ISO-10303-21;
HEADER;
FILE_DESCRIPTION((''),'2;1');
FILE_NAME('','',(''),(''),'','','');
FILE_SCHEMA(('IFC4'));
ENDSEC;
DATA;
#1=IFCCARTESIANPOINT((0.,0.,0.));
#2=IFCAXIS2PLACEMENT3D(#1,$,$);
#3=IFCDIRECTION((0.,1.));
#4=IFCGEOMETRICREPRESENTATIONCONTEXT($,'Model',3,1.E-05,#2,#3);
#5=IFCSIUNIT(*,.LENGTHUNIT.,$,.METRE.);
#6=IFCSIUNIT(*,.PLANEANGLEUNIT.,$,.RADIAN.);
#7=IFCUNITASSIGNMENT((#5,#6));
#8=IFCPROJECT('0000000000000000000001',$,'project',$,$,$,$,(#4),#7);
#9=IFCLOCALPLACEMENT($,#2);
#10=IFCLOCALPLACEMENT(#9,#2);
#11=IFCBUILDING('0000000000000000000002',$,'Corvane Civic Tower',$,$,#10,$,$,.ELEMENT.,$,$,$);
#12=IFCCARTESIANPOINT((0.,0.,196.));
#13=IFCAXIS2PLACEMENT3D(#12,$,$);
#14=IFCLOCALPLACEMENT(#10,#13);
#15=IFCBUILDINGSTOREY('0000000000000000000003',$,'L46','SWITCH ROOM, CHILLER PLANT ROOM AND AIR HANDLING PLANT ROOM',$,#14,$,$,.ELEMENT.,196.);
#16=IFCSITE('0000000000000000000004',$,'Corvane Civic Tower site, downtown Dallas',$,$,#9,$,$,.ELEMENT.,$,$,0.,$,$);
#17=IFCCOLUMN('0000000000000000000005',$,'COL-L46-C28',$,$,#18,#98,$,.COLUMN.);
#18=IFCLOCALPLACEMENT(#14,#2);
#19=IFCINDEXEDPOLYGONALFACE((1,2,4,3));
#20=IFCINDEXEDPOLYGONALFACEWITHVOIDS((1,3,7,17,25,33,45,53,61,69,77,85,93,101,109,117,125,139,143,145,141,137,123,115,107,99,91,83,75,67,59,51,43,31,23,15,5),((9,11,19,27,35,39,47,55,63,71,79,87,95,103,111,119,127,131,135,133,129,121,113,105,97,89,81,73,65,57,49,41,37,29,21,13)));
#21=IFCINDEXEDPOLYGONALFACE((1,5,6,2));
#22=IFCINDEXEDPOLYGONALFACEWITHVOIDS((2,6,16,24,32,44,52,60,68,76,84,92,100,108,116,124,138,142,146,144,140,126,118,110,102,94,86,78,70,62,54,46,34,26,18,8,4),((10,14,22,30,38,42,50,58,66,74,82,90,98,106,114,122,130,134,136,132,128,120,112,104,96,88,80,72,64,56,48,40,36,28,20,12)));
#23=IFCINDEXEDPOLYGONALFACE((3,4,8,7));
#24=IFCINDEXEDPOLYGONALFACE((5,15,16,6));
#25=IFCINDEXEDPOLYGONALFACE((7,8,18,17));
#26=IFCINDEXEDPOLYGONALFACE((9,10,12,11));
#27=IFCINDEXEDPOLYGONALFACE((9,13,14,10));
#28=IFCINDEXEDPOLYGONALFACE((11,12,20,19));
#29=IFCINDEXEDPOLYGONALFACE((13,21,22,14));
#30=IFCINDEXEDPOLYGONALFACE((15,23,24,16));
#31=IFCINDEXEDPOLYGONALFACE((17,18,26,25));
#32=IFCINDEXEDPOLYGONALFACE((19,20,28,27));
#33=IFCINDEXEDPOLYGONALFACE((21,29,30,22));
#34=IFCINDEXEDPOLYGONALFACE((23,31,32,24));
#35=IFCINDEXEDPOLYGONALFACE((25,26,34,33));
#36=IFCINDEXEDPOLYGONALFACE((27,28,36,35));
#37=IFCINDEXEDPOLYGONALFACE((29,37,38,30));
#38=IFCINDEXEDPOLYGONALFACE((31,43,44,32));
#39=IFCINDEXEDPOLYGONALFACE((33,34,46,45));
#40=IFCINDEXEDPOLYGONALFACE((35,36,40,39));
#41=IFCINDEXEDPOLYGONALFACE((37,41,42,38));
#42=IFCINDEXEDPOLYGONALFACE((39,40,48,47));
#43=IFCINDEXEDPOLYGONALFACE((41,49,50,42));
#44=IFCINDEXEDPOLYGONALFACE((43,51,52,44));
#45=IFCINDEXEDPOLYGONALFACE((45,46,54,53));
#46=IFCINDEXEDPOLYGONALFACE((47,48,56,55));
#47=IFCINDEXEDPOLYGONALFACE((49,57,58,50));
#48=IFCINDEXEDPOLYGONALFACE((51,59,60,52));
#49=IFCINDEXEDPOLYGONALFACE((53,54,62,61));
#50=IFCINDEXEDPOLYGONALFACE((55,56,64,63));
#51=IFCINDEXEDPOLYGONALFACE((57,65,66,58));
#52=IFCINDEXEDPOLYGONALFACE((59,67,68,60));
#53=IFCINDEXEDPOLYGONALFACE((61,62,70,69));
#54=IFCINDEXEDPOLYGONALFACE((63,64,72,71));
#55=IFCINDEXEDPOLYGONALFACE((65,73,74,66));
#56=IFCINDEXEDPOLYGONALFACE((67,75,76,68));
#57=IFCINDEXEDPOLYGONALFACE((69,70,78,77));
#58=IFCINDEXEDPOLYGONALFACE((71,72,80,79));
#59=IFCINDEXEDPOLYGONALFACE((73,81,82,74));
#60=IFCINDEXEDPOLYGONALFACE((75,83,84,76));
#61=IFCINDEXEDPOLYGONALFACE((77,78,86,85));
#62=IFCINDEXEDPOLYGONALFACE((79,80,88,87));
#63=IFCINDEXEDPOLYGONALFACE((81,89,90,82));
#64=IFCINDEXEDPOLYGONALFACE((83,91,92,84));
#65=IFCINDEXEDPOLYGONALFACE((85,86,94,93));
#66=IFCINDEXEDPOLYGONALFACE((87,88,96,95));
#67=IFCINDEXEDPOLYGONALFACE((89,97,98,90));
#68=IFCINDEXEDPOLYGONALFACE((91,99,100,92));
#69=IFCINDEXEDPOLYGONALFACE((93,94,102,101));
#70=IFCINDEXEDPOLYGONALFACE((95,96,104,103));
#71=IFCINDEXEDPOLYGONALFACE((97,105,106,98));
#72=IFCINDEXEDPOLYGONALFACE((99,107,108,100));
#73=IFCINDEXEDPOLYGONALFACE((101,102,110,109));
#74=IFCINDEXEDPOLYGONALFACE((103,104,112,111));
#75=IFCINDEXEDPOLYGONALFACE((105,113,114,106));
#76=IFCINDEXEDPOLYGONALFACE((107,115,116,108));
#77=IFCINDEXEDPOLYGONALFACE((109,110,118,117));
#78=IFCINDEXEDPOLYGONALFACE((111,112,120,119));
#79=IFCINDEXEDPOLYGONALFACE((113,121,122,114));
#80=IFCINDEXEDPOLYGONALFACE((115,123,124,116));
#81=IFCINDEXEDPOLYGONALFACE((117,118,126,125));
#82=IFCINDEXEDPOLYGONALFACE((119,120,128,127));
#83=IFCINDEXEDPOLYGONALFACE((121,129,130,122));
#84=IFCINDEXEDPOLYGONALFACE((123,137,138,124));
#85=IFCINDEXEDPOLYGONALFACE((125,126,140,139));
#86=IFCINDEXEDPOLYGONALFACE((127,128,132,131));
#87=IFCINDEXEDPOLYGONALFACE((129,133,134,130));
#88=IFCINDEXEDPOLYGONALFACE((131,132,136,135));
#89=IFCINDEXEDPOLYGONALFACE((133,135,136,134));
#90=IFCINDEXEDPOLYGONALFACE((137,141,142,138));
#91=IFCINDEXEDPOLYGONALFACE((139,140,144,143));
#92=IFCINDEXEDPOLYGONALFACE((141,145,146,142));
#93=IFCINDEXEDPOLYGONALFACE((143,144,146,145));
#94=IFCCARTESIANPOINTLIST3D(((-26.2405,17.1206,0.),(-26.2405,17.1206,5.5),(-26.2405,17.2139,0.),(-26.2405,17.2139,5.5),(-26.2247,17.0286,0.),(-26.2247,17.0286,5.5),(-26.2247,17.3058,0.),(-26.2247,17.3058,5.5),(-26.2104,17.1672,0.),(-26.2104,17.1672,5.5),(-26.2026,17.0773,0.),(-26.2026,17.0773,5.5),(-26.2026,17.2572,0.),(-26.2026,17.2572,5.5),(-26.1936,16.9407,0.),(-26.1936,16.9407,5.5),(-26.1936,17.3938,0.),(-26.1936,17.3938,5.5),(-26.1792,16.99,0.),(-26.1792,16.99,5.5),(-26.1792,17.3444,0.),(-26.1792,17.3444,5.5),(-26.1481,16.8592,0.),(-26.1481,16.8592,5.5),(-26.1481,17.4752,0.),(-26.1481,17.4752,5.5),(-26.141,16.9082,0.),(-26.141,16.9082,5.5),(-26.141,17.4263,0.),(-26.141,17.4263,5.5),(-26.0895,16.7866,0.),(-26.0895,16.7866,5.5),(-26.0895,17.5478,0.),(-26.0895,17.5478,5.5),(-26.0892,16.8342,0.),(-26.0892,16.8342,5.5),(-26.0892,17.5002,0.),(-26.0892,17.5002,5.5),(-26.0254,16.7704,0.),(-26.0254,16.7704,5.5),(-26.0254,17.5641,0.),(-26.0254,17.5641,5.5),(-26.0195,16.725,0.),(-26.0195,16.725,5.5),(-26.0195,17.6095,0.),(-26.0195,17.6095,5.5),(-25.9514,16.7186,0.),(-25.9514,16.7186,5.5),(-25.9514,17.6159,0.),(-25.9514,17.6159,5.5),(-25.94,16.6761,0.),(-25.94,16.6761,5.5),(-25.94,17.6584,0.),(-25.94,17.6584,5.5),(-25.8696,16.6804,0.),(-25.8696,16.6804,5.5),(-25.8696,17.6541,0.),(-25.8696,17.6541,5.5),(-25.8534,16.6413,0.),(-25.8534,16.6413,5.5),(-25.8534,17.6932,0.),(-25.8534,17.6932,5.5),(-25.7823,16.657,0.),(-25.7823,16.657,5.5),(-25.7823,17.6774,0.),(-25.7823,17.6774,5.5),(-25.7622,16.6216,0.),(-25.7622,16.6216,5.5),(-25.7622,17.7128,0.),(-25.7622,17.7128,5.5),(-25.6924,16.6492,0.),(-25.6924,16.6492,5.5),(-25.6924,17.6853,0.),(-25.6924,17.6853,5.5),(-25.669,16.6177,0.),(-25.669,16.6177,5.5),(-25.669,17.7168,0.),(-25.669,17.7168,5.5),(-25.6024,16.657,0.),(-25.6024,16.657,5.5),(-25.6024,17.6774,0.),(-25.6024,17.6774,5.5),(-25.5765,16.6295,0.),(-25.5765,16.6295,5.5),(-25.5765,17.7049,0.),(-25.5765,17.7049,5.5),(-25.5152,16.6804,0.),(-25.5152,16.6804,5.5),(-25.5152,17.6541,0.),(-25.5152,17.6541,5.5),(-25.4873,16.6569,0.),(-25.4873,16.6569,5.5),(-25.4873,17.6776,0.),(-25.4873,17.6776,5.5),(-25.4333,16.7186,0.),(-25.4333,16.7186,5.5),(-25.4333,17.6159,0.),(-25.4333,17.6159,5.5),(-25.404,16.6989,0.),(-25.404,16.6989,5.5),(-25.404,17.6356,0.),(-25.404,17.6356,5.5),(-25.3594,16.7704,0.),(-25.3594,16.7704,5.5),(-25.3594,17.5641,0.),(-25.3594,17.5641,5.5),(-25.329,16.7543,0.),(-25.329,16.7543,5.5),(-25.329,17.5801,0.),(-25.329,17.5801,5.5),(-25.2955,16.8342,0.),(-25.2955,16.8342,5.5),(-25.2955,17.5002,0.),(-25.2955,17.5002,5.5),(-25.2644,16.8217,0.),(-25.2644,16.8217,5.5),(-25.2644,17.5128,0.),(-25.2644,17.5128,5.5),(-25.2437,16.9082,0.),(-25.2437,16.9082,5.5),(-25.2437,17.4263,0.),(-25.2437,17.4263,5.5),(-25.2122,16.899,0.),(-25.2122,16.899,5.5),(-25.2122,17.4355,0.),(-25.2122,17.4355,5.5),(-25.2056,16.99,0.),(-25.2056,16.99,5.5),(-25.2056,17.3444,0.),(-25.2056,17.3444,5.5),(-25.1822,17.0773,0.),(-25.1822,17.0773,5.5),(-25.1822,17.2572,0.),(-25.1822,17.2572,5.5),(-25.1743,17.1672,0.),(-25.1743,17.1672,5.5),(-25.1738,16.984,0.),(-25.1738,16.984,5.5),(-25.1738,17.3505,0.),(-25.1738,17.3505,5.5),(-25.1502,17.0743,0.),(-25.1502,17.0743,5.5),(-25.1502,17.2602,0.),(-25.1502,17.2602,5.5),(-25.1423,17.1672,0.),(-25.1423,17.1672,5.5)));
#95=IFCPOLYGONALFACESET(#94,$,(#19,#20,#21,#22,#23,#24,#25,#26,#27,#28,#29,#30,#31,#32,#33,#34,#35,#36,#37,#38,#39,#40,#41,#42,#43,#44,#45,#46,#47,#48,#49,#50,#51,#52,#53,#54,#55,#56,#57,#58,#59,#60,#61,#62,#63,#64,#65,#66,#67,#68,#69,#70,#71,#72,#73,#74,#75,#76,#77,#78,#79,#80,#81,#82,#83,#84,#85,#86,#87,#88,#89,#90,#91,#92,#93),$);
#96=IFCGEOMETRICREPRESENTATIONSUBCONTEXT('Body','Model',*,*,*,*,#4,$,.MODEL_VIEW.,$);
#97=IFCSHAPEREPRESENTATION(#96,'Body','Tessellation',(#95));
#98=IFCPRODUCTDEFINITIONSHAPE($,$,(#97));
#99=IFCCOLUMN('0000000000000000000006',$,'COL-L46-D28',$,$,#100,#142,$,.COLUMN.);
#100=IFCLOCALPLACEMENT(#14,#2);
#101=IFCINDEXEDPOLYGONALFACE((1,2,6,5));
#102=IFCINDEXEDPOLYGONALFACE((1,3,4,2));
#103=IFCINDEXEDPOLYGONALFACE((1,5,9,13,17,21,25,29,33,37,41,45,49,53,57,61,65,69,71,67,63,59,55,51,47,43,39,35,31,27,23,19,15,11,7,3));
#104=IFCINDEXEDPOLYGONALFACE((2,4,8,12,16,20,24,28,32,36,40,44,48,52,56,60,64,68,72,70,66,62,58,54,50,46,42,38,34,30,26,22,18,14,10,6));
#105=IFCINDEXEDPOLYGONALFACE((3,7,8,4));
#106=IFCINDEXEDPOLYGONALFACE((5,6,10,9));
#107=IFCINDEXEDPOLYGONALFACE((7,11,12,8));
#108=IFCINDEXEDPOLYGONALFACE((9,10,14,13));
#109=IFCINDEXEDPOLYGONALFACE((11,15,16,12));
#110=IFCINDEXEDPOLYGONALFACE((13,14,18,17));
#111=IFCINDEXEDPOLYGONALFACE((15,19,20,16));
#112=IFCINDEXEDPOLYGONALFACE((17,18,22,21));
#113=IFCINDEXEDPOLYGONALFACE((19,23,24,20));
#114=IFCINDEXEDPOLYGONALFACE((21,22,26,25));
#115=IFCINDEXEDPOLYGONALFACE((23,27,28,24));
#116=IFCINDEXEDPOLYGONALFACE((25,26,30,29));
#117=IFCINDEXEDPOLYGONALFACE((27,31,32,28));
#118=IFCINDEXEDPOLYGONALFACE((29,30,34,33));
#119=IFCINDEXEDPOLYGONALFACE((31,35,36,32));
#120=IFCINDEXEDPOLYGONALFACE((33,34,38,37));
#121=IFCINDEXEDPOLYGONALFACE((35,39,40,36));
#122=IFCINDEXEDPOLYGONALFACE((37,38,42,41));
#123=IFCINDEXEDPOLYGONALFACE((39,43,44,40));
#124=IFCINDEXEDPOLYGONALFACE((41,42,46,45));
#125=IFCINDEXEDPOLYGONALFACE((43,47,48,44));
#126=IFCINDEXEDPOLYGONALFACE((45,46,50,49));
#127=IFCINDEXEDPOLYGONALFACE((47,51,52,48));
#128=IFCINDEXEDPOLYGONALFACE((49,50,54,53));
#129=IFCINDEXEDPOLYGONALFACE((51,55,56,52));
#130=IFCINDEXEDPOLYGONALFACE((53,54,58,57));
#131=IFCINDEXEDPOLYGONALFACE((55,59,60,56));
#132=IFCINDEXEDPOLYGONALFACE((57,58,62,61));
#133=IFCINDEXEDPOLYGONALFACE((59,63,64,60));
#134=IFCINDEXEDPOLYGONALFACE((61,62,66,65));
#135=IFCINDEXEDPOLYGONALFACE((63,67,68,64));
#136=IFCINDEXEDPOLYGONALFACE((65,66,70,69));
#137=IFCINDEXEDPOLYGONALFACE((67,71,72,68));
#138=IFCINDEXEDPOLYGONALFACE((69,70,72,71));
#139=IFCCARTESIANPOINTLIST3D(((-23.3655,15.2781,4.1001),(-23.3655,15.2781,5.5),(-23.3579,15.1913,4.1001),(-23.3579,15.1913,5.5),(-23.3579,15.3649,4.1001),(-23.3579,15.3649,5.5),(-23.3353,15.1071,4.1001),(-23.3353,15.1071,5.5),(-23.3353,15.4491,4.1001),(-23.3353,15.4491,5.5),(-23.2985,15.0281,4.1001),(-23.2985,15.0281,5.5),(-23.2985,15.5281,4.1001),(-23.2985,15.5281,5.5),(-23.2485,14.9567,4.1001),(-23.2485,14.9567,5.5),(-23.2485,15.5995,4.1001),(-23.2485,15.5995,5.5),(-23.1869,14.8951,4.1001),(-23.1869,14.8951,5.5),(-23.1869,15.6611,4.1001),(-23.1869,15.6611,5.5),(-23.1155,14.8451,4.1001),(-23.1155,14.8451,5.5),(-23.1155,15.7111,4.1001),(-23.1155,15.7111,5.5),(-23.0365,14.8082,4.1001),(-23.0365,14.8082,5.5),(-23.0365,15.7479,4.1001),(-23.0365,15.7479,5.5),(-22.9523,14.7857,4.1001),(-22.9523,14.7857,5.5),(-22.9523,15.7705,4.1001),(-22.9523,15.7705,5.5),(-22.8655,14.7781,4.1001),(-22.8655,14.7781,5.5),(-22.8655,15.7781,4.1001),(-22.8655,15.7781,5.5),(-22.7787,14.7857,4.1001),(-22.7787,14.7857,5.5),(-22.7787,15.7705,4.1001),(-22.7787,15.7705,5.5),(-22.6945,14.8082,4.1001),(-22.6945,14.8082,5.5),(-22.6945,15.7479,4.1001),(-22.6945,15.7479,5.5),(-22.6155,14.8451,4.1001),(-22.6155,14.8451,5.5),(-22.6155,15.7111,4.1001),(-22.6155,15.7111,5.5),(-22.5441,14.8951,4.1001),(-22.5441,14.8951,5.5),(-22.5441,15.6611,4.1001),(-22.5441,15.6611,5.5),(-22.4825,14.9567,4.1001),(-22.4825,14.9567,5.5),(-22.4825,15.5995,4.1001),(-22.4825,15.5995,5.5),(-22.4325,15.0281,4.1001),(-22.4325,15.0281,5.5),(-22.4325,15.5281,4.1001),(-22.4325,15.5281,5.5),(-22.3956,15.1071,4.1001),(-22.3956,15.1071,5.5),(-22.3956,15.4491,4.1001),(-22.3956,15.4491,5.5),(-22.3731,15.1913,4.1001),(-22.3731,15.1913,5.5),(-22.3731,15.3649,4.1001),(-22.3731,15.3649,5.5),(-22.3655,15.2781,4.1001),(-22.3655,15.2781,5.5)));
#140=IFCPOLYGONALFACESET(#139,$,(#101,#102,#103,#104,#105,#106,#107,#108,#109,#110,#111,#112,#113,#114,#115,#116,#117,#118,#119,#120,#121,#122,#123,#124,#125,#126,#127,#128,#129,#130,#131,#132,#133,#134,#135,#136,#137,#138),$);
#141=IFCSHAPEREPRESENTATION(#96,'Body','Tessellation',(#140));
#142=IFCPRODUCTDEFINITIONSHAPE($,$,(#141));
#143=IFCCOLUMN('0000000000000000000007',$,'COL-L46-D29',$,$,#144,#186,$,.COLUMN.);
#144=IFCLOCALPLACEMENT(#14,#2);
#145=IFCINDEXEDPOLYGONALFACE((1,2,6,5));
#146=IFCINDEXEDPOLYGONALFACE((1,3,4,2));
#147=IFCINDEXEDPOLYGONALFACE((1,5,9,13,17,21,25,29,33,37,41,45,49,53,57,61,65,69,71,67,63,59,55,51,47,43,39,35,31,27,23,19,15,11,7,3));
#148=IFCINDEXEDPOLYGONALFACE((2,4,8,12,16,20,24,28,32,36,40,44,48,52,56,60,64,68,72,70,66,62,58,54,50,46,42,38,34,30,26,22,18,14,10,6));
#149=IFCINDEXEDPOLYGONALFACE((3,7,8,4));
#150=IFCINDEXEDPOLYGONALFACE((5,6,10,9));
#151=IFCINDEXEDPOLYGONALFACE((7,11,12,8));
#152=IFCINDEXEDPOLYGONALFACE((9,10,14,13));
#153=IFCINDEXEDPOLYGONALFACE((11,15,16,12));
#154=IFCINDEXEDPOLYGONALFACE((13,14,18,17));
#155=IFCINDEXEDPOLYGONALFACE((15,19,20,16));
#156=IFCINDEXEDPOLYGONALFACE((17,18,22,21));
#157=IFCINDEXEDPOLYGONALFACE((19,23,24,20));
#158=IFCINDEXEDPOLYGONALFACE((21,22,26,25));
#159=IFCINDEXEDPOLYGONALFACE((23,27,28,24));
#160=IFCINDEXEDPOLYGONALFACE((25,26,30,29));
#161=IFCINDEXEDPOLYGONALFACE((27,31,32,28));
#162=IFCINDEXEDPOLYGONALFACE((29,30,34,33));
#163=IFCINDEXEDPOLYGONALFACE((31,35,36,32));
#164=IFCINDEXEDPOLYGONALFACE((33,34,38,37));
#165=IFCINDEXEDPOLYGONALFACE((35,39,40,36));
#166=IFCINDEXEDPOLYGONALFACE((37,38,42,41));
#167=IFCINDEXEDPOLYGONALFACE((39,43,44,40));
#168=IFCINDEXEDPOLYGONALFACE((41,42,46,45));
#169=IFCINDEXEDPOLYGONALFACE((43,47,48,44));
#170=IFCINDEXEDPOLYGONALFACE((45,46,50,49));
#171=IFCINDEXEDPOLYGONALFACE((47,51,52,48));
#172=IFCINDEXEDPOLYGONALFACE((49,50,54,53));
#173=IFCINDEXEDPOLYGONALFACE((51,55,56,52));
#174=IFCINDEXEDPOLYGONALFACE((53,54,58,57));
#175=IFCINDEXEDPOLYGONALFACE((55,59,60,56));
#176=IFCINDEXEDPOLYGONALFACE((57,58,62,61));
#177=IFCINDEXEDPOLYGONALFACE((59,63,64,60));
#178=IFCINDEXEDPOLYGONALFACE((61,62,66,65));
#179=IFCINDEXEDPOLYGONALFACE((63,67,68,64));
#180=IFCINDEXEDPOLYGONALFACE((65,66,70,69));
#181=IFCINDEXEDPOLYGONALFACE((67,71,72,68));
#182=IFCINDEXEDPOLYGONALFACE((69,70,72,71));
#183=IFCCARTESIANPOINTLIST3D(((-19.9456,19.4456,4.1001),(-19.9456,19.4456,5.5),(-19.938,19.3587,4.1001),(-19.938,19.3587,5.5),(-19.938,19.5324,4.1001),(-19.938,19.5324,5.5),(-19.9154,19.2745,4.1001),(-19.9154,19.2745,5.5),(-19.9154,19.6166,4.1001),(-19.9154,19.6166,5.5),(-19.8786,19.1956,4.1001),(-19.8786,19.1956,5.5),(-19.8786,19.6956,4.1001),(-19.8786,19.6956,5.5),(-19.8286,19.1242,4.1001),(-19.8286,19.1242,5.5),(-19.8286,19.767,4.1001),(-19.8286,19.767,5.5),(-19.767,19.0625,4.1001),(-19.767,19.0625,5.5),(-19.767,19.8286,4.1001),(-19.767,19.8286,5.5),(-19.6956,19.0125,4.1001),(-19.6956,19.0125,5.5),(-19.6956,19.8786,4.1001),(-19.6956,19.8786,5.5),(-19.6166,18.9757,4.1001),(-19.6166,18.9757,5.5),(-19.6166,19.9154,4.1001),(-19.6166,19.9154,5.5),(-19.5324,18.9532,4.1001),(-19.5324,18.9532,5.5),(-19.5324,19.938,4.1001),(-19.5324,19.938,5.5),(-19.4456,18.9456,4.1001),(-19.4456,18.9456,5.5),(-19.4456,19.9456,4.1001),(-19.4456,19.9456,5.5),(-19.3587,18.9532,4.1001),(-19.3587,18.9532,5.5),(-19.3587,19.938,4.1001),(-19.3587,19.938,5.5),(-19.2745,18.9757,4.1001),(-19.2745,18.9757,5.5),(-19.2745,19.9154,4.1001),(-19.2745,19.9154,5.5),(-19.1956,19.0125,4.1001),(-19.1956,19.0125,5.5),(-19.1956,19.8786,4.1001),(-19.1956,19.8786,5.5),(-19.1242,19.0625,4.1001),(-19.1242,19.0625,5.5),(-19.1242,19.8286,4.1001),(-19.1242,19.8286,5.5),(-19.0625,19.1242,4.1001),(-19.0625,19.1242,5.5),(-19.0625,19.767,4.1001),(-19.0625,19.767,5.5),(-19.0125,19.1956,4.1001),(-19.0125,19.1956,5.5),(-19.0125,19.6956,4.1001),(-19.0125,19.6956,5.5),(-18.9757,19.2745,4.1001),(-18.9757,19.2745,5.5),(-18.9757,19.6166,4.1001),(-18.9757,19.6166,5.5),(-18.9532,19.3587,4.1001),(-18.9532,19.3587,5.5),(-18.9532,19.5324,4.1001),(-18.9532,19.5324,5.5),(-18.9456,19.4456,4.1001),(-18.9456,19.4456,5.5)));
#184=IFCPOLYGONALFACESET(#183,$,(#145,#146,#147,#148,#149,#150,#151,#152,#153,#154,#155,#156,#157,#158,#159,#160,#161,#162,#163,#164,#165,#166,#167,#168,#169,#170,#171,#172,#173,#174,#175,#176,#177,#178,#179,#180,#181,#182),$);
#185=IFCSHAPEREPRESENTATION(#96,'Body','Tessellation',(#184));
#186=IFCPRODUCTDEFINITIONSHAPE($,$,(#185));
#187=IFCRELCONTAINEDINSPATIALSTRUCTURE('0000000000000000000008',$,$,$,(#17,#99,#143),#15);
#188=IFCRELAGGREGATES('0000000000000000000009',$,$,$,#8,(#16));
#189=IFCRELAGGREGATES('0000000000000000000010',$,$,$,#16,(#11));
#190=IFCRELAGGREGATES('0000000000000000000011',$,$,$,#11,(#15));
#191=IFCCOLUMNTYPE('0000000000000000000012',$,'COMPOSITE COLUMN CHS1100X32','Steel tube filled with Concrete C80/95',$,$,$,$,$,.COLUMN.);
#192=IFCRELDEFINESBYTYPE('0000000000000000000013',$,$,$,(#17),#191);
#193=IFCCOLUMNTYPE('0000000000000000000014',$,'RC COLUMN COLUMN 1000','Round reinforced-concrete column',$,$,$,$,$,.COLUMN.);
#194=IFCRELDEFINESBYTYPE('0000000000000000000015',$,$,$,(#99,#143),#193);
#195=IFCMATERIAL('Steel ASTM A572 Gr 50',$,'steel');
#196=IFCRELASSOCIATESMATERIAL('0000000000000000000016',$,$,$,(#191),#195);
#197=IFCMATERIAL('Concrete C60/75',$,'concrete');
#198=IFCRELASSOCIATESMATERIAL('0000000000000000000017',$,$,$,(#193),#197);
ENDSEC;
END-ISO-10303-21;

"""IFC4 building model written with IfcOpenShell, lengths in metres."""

from ifc_helpers import new_model, si_unit, direction, frame, origin, origin_2d, place, context, subcontext, project, spatial, circle, hollow_circle, extrude, material, material_profile, profile_set, type_object, element, save


model = new_model("IFC4")

# Units and contexts
model_context = context("Model", 3, precision=1e-05, world=origin(), true_north=direction((0.0, 1.0)))
body_context = subcontext(model_context, "Body", "Model", "MODEL_VIEW")
ifc_project = project(units=[si_unit("LENGTHUNIT", "METRE"), si_unit("PLANEANGLEUNIT", "RADIAN")], contexts=[model_context])

# Site, building, storey
site_placement = place(None, origin())
site = spatial("IfcSite", under=ifc_project, at=site_placement, Name="Corvane Civic Tower site, downtown Dallas", CompositionType="ELEMENT", RefElevation=0.0)
building_placement = place(site_placement, origin())
building = spatial("IfcBuilding", under=site, at=building_placement, Name="Corvane Civic Tower", CompositionType="ELEMENT")
storey_placement = place(building_placement, frame((0.0, 0.0, 196.0)))
storey = spatial("IfcBuildingStorey", under=building, at=storey_placement, Name="L46", Description="SWITCH ROOM, CHILLER PLANT ROOM AND AIR HANDLING PLANT ROOM", CompositionType="ELEMENT", Elevation=196.0)

# Columns
ifc_material_1 = material(Name="Steel ASTM A572 Gr 50", Category="steel")
ifc_material_profile_1 = material_profile(ifc_material_1, hollow_circle(Radius=0.55, WallThickness=0.032, at=origin_2d()), Name="CHS1100X32")
ifc_profile_set_1 = profile_set([ifc_material_profile_1], Name="Steel ASTM A572 Gr 50")
column_type_1 = type_object("IfcColumnType", Name="COMPOSITE COLUMN CHS1100X32", Description="Steel tube filled with Concrete C80/95", PredefinedType="COLUMN", material=ifc_profile_set_1)
column_placement = place(storey_placement, frame((-25.6924, 17.1672, 0.0), z_axis=(0.0, 0.0, 1.0), x_axis=(1.0, 0.0, 0.0)))
element("IfcColumn", 1, at=column_placement, inside=storey, type_object=column_type_1, Name="COL-L46-C28", PredefinedType="COLUMN", context=body_context, shape_type="SweptSolid", body=[
    extrude(hollow_circle(Radius=0.55, WallThickness=0.032, at=origin_2d()), origin(), (0.0, 0.0, 1.0), 5.5),
])
ifc_material_2 = material(Name="Concrete C60/75", Category="concrete")
ifc_material_profile_2 = material_profile(ifc_material_2, circle(Radius=0.5, at=origin_2d()), Name="COLUMN 1000")
ifc_profile_set_2 = profile_set([ifc_material_profile_2], Name="Concrete C60/75")
column_type_2 = type_object("IfcColumnType", Name="RC COLUMN COLUMN 1000", Description="Round reinforced-concrete column", PredefinedType="COLUMN", material=ifc_profile_set_2)
for number, where, z_axis, x_axis, name in (
    (2, (-22.8655, 15.2781, 4.1001), (0.0, 0.0, 1.0), (1.0, 0.0, 0.0), "COL-L46-D28"),
    (3, (-19.4456, 19.4456, 4.1001), (0.0, 0.0, 1.0), (1.0, 0.0, 0.0), "COL-L46-D29"),
):
    element("IfcColumn", number, at=place(storey_placement, frame(where, z_axis=z_axis, x_axis=x_axis)), inside=storey, type_object=column_type_2, Name=name, PredefinedType="COLUMN", context=body_context, shape_type="SweptSolid", body=[
        extrude(circle(Radius=0.5, at=origin_2d()), origin(), (0.0, 0.0, 1.0), 1.3999),
    ])

save(model, "model.ifc")
